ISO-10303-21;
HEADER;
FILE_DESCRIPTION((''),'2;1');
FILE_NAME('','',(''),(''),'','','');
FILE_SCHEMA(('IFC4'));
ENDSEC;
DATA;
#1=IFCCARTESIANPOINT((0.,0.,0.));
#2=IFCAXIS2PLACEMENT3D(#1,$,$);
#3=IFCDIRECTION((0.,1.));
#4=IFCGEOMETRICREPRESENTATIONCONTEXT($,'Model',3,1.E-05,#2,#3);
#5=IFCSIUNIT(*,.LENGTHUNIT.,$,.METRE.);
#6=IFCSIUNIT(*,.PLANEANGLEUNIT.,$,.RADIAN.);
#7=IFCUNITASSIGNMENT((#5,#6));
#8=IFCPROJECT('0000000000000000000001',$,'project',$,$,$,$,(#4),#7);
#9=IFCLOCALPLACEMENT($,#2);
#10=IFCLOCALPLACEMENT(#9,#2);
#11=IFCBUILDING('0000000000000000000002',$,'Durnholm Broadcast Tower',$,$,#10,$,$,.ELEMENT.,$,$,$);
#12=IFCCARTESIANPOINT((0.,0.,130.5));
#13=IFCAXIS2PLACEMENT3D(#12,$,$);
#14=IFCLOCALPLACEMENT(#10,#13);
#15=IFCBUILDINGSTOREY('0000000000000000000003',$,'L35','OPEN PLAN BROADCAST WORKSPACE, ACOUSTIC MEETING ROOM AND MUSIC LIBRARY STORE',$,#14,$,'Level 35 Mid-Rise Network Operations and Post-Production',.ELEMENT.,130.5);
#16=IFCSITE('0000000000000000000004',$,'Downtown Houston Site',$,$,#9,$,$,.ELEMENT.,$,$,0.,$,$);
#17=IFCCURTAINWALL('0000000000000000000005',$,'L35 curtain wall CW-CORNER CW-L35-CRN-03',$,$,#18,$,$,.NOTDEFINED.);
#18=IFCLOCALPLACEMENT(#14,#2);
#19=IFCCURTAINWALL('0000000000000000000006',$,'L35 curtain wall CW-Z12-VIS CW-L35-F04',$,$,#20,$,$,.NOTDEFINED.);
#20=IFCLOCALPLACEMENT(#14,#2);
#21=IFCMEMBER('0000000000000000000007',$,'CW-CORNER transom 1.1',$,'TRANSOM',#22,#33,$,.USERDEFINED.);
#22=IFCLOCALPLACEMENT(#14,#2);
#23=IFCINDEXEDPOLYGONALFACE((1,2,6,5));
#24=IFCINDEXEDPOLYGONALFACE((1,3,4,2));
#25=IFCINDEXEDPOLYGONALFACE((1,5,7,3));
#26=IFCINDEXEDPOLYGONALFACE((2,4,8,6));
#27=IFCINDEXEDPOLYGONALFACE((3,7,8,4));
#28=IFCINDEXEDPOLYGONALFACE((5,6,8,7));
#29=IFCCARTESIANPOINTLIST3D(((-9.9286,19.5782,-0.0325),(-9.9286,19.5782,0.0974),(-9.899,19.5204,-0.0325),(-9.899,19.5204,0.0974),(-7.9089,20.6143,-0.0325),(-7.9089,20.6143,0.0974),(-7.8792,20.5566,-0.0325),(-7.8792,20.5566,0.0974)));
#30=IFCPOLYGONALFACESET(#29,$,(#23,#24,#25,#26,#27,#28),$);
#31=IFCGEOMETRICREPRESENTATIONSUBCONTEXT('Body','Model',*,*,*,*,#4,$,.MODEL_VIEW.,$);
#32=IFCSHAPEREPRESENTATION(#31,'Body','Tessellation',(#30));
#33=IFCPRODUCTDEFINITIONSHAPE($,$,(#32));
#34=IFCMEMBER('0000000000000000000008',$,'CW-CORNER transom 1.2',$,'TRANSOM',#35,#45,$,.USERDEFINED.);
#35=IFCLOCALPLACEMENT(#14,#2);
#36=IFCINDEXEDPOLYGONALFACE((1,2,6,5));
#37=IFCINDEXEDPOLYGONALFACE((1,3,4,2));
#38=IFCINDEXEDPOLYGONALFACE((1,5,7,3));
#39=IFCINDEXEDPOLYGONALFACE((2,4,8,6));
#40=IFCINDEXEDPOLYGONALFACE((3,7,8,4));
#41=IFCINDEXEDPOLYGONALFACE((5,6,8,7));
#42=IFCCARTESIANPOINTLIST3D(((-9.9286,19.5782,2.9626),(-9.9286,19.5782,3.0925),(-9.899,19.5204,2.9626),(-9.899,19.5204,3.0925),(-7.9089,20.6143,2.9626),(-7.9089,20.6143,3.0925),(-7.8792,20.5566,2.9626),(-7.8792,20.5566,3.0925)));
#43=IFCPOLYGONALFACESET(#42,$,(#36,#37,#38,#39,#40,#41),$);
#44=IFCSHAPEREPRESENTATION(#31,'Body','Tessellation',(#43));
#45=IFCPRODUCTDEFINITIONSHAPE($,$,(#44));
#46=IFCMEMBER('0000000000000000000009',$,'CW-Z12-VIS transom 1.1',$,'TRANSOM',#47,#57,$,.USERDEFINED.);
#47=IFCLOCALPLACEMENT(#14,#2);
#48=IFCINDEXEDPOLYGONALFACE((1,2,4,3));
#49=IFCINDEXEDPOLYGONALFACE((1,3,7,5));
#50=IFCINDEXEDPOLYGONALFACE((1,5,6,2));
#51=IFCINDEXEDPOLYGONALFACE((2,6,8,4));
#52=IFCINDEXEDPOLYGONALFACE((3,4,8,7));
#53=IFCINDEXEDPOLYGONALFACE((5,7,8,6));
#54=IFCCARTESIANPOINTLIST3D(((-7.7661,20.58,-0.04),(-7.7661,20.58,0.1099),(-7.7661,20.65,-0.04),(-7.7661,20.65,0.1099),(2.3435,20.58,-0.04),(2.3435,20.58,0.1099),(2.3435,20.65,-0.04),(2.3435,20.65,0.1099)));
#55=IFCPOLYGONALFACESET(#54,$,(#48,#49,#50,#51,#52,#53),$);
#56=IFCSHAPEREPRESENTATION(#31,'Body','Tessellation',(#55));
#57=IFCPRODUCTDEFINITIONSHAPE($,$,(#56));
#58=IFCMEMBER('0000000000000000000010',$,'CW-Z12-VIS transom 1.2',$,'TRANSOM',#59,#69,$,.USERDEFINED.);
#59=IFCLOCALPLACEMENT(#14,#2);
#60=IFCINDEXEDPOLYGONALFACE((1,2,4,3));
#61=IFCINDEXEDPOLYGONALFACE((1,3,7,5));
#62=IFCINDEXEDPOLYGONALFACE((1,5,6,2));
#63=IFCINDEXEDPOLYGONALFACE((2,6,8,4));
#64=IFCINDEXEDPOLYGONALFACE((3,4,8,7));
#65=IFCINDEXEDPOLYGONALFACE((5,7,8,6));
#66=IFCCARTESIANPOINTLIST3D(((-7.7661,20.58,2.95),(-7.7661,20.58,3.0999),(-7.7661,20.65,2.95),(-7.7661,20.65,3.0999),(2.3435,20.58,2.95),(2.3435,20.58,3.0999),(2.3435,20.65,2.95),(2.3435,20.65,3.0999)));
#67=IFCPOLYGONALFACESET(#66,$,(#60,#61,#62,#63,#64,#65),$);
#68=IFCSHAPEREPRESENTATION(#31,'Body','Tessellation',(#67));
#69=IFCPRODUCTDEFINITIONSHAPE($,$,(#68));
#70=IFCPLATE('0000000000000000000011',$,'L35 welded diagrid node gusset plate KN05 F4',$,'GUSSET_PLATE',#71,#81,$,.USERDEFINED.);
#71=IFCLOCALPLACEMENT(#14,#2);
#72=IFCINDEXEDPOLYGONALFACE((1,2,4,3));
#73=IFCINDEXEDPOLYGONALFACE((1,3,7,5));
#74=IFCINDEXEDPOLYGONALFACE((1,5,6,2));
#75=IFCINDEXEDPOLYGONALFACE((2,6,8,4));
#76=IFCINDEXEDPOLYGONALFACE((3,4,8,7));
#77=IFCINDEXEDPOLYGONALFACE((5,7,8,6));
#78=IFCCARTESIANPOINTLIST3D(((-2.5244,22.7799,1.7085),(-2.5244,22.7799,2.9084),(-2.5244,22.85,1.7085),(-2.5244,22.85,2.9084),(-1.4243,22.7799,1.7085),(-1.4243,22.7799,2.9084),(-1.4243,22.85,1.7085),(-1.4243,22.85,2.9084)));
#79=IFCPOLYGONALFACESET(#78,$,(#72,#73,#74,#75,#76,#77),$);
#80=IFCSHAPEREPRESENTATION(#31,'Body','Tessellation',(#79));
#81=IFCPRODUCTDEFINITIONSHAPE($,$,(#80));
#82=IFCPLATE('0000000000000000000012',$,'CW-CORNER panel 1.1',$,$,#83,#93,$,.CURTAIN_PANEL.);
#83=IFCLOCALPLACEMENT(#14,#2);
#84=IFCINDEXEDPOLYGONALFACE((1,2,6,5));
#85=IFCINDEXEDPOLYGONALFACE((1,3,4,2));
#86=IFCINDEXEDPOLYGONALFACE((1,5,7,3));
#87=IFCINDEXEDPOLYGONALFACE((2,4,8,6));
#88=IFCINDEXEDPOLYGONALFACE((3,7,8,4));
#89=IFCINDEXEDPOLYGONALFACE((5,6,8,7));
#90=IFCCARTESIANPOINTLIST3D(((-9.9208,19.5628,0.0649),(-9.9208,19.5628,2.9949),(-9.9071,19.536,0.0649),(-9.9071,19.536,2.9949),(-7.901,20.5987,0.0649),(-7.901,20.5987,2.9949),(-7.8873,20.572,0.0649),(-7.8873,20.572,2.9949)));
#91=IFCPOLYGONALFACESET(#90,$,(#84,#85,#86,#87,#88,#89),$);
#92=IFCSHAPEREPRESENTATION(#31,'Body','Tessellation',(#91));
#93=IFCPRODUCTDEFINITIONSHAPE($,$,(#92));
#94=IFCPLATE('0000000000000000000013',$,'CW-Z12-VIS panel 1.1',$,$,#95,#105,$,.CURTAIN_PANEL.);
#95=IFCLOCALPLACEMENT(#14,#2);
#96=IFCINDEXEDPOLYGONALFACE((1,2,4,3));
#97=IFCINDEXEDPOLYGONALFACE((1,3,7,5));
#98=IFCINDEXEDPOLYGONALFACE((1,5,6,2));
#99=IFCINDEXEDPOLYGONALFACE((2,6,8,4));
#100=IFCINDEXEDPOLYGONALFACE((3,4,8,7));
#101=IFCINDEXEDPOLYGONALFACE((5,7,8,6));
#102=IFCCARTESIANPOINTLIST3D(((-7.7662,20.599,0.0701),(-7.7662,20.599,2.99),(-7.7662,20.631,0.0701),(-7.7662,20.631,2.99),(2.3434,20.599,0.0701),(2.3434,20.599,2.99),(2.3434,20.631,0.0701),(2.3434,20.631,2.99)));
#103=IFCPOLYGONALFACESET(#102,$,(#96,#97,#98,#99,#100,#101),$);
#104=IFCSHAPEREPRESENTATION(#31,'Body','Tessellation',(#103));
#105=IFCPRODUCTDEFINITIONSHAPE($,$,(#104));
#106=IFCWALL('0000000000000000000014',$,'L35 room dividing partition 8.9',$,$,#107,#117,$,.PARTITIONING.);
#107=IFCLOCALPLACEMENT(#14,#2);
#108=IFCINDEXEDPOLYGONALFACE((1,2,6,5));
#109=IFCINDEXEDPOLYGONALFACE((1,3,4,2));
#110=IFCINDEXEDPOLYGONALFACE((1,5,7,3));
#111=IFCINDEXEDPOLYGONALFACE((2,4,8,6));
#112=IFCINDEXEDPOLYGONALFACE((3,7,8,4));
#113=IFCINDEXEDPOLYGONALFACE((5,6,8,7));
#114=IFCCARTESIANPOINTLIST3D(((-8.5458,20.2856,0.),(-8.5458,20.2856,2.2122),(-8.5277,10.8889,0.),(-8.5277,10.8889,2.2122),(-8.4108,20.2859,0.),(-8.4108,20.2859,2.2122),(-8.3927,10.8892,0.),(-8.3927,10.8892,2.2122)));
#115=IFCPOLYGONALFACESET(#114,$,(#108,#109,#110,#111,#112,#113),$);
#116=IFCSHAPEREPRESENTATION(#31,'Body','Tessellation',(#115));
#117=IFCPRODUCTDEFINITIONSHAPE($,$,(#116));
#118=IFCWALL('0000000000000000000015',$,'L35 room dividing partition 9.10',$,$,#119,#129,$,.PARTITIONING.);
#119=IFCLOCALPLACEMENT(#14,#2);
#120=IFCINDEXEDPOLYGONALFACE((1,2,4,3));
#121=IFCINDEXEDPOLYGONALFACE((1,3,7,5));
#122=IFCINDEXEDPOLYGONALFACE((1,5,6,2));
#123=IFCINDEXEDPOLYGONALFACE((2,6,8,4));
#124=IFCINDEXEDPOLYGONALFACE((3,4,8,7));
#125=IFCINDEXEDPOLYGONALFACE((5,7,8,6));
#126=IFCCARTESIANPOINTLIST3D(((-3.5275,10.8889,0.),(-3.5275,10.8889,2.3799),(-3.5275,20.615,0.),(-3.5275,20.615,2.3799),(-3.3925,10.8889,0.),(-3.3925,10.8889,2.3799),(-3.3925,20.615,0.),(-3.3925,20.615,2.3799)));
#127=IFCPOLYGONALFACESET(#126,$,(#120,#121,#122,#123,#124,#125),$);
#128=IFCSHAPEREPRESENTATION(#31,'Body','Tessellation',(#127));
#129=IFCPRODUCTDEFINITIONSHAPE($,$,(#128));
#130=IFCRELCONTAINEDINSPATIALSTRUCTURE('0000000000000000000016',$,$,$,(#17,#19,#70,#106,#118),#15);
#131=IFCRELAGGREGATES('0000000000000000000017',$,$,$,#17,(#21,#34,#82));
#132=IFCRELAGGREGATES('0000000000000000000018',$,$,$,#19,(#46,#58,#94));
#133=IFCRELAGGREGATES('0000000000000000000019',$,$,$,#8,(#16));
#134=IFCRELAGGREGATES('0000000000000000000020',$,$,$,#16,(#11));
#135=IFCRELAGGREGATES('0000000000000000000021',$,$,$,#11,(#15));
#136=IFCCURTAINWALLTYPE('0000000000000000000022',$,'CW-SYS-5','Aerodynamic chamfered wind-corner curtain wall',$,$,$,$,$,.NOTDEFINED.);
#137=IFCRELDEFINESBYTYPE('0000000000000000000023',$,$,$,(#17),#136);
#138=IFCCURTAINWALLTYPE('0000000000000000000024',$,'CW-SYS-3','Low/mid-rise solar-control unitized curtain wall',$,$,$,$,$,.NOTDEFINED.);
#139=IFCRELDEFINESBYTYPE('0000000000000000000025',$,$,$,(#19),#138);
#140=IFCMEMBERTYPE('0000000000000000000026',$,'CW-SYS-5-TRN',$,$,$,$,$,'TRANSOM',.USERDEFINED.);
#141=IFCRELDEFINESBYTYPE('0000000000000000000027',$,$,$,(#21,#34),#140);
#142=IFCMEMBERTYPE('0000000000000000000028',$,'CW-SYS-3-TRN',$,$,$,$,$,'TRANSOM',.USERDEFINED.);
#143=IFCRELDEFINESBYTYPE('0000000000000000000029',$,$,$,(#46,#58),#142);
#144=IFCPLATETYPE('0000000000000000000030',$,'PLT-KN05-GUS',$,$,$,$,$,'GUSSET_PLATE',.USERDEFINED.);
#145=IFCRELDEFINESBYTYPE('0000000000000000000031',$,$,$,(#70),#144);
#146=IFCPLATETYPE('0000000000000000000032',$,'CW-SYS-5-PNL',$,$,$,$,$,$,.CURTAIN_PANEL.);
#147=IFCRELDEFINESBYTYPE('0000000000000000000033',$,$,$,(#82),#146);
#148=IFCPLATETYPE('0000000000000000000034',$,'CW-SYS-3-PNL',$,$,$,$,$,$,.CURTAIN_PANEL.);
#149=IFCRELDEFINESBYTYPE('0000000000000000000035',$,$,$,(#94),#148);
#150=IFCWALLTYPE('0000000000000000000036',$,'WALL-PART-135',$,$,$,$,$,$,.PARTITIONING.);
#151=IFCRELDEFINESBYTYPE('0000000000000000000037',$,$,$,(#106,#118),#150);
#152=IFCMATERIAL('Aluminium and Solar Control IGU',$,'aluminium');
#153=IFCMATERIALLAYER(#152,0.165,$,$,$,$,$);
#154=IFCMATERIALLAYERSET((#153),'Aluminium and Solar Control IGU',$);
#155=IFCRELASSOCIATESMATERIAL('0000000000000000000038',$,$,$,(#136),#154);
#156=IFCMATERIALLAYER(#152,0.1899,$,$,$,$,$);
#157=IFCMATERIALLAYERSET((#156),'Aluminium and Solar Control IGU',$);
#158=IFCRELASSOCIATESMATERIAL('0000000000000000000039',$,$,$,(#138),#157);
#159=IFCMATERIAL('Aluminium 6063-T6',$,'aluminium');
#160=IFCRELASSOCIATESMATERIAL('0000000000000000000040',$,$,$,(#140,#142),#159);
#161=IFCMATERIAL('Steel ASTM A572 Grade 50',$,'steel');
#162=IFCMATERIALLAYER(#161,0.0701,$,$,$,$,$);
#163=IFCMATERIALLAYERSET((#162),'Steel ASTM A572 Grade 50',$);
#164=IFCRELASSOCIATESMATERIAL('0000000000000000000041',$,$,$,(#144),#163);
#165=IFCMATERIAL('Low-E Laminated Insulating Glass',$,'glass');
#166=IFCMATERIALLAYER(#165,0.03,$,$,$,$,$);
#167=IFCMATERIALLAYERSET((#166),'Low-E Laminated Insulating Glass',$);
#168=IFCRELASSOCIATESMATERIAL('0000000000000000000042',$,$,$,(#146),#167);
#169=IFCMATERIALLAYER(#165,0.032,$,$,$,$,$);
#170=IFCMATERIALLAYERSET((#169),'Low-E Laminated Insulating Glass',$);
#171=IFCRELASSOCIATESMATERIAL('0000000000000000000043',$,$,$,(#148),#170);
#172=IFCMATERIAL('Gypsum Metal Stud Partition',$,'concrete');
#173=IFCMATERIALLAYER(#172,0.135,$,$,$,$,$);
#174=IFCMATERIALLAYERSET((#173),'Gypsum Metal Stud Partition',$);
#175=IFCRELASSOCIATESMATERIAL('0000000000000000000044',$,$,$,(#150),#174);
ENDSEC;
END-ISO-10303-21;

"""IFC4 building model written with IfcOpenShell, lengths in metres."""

from ifc_helpers import new_model, si_unit, direction, frame, frame_2d, origin, origin_2d, place, context, subcontext, project, spatial, rectangle, extrude, source, transform, mapped, material, layer, layer_set, material_profile, profile_set, type_object, type_shapes, element, aggregate, save


model = new_model("IFC4")

# Units and contexts
model_context = context("Model", 3, precision=1e-05, world=origin(), true_north=direction((0.0, 1.0)))
body_context = subcontext(model_context, "Body", "Model", "MODEL_VIEW")
ifc_project = project(units=[si_unit("LENGTHUNIT", "METRE"), si_unit("PLANEANGLEUNIT", "RADIAN")], contexts=[model_context])

# Site, building, storey
site_placement = place(None, origin())
site = spatial("IfcSite", under=ifc_project, at=site_placement, Name="Downtown Houston Site", CompositionType="ELEMENT", RefElevation=0.0)
building_placement = place(site_placement, origin())
building = spatial("IfcBuilding", under=site, at=building_placement, Name="Durnholm Broadcast Tower", CompositionType="ELEMENT")
storey_placement = place(building_placement, frame((0.0, 0.0, 130.5)))
storey = spatial("IfcBuildingStorey", under=building, at=storey_placement, Name="L35", Description="OPEN PLAN BROADCAST WORKSPACE, ACOUSTIC MEETING ROOM AND MUSIC LIBRARY STORE", LongName="Level 35 Mid-Rise Network Operations and Post-Production", CompositionType="ELEMENT", Elevation=130.5)

# Curtain wall
ifc_material_1 = material(Name="Aluminium and Solar Control IGU", Category="aluminium")
ifc_layer_1 = layer(ifc_material_1, 0.165)
ifc_layer_set_1 = layer_set([ifc_layer_1], Name="Aluminium and Solar Control IGU")
curtain_wall_type_1 = type_object("IfcCurtainWallType", Name="CW-SYS-5", Description="Aerodynamic chamfered wind-corner curtain wall", PredefinedType="NOTDEFINED", material=ifc_layer_set_1)
curtain_wall_1_placement = place(storey_placement, origin())
curtain_wall_1 = element("IfcCurtainWall", 1, at=curtain_wall_1_placement, inside=storey, type_object=curtain_wall_type_1, Name="L35 curtain wall CW-CORNER CW-L35-CRN-03", PredefinedType="NOTDEFINED")
ifc_material_2 = material(Name="Aluminium 6063-T6", Category="aluminium")

# Curtain wall
ifc_layer_2 = layer(ifc_material_1, 0.1899)
ifc_layer_set_2 = layer_set([ifc_layer_2], Name="Aluminium and Solar Control IGU")
curtain_wall_type_2 = type_object("IfcCurtainWallType", Name="CW-SYS-3", Description="Low/mid-rise solar-control unitized curtain wall", PredefinedType="NOTDEFINED", material=ifc_layer_set_2)
curtain_wall_2_placement = place(storey_placement, origin())
curtain_wall_2 = element("IfcCurtainWall", 2, at=curtain_wall_2_placement, inside=storey, type_object=curtain_wall_type_2, Name="L35 curtain wall CW-Z12-VIS CW-L35-F04", PredefinedType="NOTDEFINED")

# Members
ifc_material_profile_1 = material_profile(ifc_material_2, rectangle(XDim=0.0649, YDim=0.1299, at=origin_2d()), Name="CWT65X130")
ifc_profile_set_1 = profile_set([ifc_material_profile_1], Name="Aluminium 6063-T6")
member_type_1 = type_object("IfcMemberType", Name="CW-SYS-5-TRN", ElementType="TRANSOM", PredefinedType="USERDEFINED", material=ifc_profile_set_1)
shared_shape_1 = source(origin(), body_context, "Body", "SweptSolid", [
    extrude(rectangle(XDim=0.0649, YDim=0.1299, at=origin_2d()), origin(), (0.0, 0.0, 1.0), 2.27),
])
type_shapes(member_type_1, [shared_shape_1])
member_1_placement = place(storey_placement, frame((-9.9138, 19.5493, 0.0325), z_axis=(0.889755, 0.456439, 0.0), x_axis=(-0.456439, 0.889755, 0.0)))
member_1 = element("IfcMember", 3, at=member_1_placement, type_object=member_type_1, Name="CW-CORNER transom 1.1", ObjectType="TRANSOM", PredefinedType="USERDEFINED", context=body_context, shape_type="MappedRepresentation", body=[
    mapped(shared_shape_1, transform((0.0, 0.0, 0.0), x_axis=(1.0, 0.0, 0.0), y_axis=(0.0, 1.0, 0.0), z_axis=(0.0, 0.0, 1.0), scale=1.0)),
])
member_2_placement = place(storey_placement, frame((-9.9138, 19.5493, 3.0276), z_axis=(0.889755, 0.456439, 0.0), x_axis=(-0.456439, 0.889755, 0.0)))
member_2 = element("IfcMember", 4, at=member_2_placement, type_object=member_type_1, Name="CW-CORNER transom 1.2", ObjectType="TRANSOM", PredefinedType="USERDEFINED", context=body_context, shape_type="MappedRepresentation", body=[
    mapped(shared_shape_1, transform((0.0, 0.0, 0.0), x_axis=(1.0, 0.0, 0.0), y_axis=(0.0, 1.0, 0.0), z_axis=(0.0, 0.0, 1.0), scale=1.0)),
])
ifc_material_profile_2 = material_profile(ifc_material_2, rectangle(XDim=0.0701, YDim=0.1499, at=origin_2d()), Name="CWT70X150")
ifc_profile_set_2 = profile_set([ifc_material_profile_2], Name="Aluminium 6063-T6")
member_type_2 = type_object("IfcMemberType", Name="CW-SYS-3-TRN", ElementType="TRANSOM", PredefinedType="USERDEFINED", material=ifc_profile_set_2)
shared_shape_2 = source(origin(), body_context, "Body", "SweptSolid", [
    extrude(rectangle(XDim=0.0701, YDim=0.1499, at=origin_2d()), origin(), (0.0, 0.0, 1.0), 10.1096),
])
type_shapes(member_type_2, [shared_shape_2])
member_3_placement = place(storey_placement, frame((-7.7661, 20.615, 0.0349), z_axis=(1.0, 0.0, 0.0), x_axis=(0.0, 1.0, 0.0)))
member_3 = element("IfcMember", 5, at=member_3_placement, type_object=member_type_2, Name="CW-Z12-VIS transom 1.1", ObjectType="TRANSOM", PredefinedType="USERDEFINED", context=body_context, shape_type="MappedRepresentation", body=[
    mapped(shared_shape_2, transform((0.0, 0.0, 0.0), x_axis=(1.0, 0.0, 0.0), y_axis=(0.0, 1.0, 0.0), z_axis=(0.0, 0.0, 1.0), scale=1.0)),
])
member_4_placement = place(storey_placement, frame((-7.7661, 20.615, 3.0249), z_axis=(1.0, 0.0, 0.0), x_axis=(0.0, 1.0, 0.0)))
member_4 = element("IfcMember", 6, at=member_4_placement, type_object=member_type_2, Name="CW-Z12-VIS transom 1.2", ObjectType="TRANSOM", PredefinedType="USERDEFINED", context=body_context, shape_type="MappedRepresentation", body=[
    mapped(shared_shape_2, transform((0.0, 0.0, 0.0), x_axis=(1.0, 0.0, 0.0), y_axis=(0.0, 1.0, 0.0), z_axis=(0.0, 0.0, 1.0), scale=1.0)),
])

# Plates
ifc_material_3 = material(Name="Steel ASTM A572 Grade 50", Category="steel")
ifc_layer_3 = layer(ifc_material_3, 0.0701)
ifc_layer_set_3 = layer_set([ifc_layer_3], Name="Steel ASTM A572 Grade 50")
plate_type_1 = type_object("IfcPlateType", Name="PLT-KN05-GUS", ElementType="GUSSET_PLATE", PredefinedType="USERDEFINED", material=ifc_layer_set_3)
shared_shape_3 = source(origin(), body_context, "Body", "SweptSolid", [
    extrude(rectangle(XDim=1.1001, YDim=0.0701, at=origin_2d()), origin(), (0.0, 0.0, 1.0), 1.2),
])
type_shapes(plate_type_1, [shared_shape_3])
plate_1_placement = place(storey_placement, frame((-1.9744, 22.8149, 1.7085), z_axis=(0.0, 0.0, 1.0), x_axis=(-1.0, 0.0, 0.0)))
element("IfcPlate", 7, at=plate_1_placement, inside=storey, type_object=plate_type_1, Name="L35 welded diagrid node gusset plate KN05 F4", ObjectType="GUSSET_PLATE", PredefinedType="USERDEFINED", context=body_context, shape_type="MappedRepresentation", body=[
    mapped(shared_shape_3, transform((0.0, 0.0, 0.0), x_axis=(1.0, 0.0, 0.0), y_axis=(0.0, 1.0, 0.0), z_axis=(0.0, 0.0, 1.0), scale=1.0)),
])
ifc_material_4 = material(Name="Low-E Laminated Insulating Glass", Category="glass")
ifc_layer_4 = layer(ifc_material_4, 0.03)
ifc_layer_set_4 = layer_set([ifc_layer_4], Name="Low-E Laminated Insulating Glass")
plate_type_2 = type_object("IfcPlateType", Name="CW-SYS-5-PNL", PredefinedType="CURTAIN_PANEL", material=ifc_layer_set_4)
shared_shape_4 = source(origin(), body_context, "Body", "SweptSolid", [
    extrude(rectangle(XDim=2.27, YDim=0.03, at=origin_2d()), origin(), (0.0, 0.0, 1.0), 2.9299),
])
type_shapes(plate_type_2, [shared_shape_4])
plate_2_placement = place(storey_placement, frame((-8.9041, 20.0674, 0.0649), z_axis=(0.0, 0.0, 1.0), x_axis=(0.889788, 0.456373, 0.0)))
plate_2 = element("IfcPlate", 8, at=plate_2_placement, type_object=plate_type_2, Name="CW-CORNER panel 1.1", PredefinedType="CURTAIN_PANEL", context=body_context, shape_type="MappedRepresentation", body=[
    mapped(shared_shape_4, transform((0.0, 0.0, 0.0), x_axis=(1.0, 0.0, 0.0), y_axis=(0.0, 1.0, 0.0), z_axis=(0.0, 0.0, 1.0), scale=1.0)),
])
aggregate(curtain_wall_1, [member_1, member_2, plate_2])
ifc_layer_5 = layer(ifc_material_4, 0.032)
ifc_layer_set_5 = layer_set([ifc_layer_5], Name="Low-E Laminated Insulating Glass")
plate_type_3 = type_object("IfcPlateType", Name="CW-SYS-3-PNL", PredefinedType="CURTAIN_PANEL", material=ifc_layer_set_5)
shared_shape_5 = source(origin(), body_context, "Body", "SweptSolid", [
    extrude(rectangle(XDim=10.1096, YDim=0.032, at=origin_2d()), origin(), (0.0, 0.0, 1.0), 2.9199),
])
type_shapes(plate_type_3, [shared_shape_5])
plate_3_placement = place(storey_placement, frame((-2.7114, 20.615, 0.0701), z_axis=(0.0, 0.0, 1.0), x_axis=(1.0, 0.0, 0.0)))
plate_3 = element("IfcPlate", 9, at=plate_3_placement, type_object=plate_type_3, Name="CW-Z12-VIS panel 1.1", PredefinedType="CURTAIN_PANEL", context=body_context, shape_type="MappedRepresentation", body=[
    mapped(shared_shape_5, transform((0.0, 0.0, 0.0), x_axis=(1.0, 0.0, 0.0), y_axis=(0.0, 1.0, 0.0), z_axis=(0.0, 0.0, 1.0), scale=1.0)),
])
aggregate(curtain_wall_2, [member_3, member_4, plate_3])

# Walls
ifc_material_5 = material(Name="Gypsum Metal Stud Partition", Category="concrete")
ifc_layer_6 = layer(ifc_material_5, 0.135)
ifc_layer_set_6 = layer_set([ifc_layer_6], Name="Gypsum Metal Stud Partition")
wall_type = type_object("IfcWallType", Name="WALL-PART-135", PredefinedType="PARTITIONING", material=ifc_layer_set_6)
wall_1_placement = place(storey_placement, frame((-8.4783, 20.2856, 0.0), z_axis=(0.0, 0.0, 1.0), x_axis=(0.001923, -0.999998, 0.0)))
element("IfcWall", 10, at=wall_1_placement, inside=storey, type_object=wall_type, Name="L35 room dividing partition 8.9", PredefinedType="PARTITIONING", context=body_context, shape_type="SweptSolid", body=[
    extrude(rectangle(XDim=9.3967, YDim=0.135, at=frame_2d((4.6982, 0.0))), origin(), (0.0, 0.0, 1.0), 2.2122),
])
wall_2_placement = place(storey_placement, frame((-3.46, 20.615, 0.0), z_axis=(0.0, 0.0, 1.0), x_axis=(0.0, -1.0, 0.0)))
element("IfcWall", 11, at=wall_2_placement, inside=storey, type_object=wall_type, Name="L35 room dividing partition 9.10", PredefinedType="PARTITIONING", context=body_context, shape_type="SweptSolid", body=[
    extrude(rectangle(XDim=9.7261, YDim=0.135, at=frame_2d((4.863, 0.0))), origin(), (0.0, 0.0, 1.0), 2.3799),
])

save(model, "model.ifc")
